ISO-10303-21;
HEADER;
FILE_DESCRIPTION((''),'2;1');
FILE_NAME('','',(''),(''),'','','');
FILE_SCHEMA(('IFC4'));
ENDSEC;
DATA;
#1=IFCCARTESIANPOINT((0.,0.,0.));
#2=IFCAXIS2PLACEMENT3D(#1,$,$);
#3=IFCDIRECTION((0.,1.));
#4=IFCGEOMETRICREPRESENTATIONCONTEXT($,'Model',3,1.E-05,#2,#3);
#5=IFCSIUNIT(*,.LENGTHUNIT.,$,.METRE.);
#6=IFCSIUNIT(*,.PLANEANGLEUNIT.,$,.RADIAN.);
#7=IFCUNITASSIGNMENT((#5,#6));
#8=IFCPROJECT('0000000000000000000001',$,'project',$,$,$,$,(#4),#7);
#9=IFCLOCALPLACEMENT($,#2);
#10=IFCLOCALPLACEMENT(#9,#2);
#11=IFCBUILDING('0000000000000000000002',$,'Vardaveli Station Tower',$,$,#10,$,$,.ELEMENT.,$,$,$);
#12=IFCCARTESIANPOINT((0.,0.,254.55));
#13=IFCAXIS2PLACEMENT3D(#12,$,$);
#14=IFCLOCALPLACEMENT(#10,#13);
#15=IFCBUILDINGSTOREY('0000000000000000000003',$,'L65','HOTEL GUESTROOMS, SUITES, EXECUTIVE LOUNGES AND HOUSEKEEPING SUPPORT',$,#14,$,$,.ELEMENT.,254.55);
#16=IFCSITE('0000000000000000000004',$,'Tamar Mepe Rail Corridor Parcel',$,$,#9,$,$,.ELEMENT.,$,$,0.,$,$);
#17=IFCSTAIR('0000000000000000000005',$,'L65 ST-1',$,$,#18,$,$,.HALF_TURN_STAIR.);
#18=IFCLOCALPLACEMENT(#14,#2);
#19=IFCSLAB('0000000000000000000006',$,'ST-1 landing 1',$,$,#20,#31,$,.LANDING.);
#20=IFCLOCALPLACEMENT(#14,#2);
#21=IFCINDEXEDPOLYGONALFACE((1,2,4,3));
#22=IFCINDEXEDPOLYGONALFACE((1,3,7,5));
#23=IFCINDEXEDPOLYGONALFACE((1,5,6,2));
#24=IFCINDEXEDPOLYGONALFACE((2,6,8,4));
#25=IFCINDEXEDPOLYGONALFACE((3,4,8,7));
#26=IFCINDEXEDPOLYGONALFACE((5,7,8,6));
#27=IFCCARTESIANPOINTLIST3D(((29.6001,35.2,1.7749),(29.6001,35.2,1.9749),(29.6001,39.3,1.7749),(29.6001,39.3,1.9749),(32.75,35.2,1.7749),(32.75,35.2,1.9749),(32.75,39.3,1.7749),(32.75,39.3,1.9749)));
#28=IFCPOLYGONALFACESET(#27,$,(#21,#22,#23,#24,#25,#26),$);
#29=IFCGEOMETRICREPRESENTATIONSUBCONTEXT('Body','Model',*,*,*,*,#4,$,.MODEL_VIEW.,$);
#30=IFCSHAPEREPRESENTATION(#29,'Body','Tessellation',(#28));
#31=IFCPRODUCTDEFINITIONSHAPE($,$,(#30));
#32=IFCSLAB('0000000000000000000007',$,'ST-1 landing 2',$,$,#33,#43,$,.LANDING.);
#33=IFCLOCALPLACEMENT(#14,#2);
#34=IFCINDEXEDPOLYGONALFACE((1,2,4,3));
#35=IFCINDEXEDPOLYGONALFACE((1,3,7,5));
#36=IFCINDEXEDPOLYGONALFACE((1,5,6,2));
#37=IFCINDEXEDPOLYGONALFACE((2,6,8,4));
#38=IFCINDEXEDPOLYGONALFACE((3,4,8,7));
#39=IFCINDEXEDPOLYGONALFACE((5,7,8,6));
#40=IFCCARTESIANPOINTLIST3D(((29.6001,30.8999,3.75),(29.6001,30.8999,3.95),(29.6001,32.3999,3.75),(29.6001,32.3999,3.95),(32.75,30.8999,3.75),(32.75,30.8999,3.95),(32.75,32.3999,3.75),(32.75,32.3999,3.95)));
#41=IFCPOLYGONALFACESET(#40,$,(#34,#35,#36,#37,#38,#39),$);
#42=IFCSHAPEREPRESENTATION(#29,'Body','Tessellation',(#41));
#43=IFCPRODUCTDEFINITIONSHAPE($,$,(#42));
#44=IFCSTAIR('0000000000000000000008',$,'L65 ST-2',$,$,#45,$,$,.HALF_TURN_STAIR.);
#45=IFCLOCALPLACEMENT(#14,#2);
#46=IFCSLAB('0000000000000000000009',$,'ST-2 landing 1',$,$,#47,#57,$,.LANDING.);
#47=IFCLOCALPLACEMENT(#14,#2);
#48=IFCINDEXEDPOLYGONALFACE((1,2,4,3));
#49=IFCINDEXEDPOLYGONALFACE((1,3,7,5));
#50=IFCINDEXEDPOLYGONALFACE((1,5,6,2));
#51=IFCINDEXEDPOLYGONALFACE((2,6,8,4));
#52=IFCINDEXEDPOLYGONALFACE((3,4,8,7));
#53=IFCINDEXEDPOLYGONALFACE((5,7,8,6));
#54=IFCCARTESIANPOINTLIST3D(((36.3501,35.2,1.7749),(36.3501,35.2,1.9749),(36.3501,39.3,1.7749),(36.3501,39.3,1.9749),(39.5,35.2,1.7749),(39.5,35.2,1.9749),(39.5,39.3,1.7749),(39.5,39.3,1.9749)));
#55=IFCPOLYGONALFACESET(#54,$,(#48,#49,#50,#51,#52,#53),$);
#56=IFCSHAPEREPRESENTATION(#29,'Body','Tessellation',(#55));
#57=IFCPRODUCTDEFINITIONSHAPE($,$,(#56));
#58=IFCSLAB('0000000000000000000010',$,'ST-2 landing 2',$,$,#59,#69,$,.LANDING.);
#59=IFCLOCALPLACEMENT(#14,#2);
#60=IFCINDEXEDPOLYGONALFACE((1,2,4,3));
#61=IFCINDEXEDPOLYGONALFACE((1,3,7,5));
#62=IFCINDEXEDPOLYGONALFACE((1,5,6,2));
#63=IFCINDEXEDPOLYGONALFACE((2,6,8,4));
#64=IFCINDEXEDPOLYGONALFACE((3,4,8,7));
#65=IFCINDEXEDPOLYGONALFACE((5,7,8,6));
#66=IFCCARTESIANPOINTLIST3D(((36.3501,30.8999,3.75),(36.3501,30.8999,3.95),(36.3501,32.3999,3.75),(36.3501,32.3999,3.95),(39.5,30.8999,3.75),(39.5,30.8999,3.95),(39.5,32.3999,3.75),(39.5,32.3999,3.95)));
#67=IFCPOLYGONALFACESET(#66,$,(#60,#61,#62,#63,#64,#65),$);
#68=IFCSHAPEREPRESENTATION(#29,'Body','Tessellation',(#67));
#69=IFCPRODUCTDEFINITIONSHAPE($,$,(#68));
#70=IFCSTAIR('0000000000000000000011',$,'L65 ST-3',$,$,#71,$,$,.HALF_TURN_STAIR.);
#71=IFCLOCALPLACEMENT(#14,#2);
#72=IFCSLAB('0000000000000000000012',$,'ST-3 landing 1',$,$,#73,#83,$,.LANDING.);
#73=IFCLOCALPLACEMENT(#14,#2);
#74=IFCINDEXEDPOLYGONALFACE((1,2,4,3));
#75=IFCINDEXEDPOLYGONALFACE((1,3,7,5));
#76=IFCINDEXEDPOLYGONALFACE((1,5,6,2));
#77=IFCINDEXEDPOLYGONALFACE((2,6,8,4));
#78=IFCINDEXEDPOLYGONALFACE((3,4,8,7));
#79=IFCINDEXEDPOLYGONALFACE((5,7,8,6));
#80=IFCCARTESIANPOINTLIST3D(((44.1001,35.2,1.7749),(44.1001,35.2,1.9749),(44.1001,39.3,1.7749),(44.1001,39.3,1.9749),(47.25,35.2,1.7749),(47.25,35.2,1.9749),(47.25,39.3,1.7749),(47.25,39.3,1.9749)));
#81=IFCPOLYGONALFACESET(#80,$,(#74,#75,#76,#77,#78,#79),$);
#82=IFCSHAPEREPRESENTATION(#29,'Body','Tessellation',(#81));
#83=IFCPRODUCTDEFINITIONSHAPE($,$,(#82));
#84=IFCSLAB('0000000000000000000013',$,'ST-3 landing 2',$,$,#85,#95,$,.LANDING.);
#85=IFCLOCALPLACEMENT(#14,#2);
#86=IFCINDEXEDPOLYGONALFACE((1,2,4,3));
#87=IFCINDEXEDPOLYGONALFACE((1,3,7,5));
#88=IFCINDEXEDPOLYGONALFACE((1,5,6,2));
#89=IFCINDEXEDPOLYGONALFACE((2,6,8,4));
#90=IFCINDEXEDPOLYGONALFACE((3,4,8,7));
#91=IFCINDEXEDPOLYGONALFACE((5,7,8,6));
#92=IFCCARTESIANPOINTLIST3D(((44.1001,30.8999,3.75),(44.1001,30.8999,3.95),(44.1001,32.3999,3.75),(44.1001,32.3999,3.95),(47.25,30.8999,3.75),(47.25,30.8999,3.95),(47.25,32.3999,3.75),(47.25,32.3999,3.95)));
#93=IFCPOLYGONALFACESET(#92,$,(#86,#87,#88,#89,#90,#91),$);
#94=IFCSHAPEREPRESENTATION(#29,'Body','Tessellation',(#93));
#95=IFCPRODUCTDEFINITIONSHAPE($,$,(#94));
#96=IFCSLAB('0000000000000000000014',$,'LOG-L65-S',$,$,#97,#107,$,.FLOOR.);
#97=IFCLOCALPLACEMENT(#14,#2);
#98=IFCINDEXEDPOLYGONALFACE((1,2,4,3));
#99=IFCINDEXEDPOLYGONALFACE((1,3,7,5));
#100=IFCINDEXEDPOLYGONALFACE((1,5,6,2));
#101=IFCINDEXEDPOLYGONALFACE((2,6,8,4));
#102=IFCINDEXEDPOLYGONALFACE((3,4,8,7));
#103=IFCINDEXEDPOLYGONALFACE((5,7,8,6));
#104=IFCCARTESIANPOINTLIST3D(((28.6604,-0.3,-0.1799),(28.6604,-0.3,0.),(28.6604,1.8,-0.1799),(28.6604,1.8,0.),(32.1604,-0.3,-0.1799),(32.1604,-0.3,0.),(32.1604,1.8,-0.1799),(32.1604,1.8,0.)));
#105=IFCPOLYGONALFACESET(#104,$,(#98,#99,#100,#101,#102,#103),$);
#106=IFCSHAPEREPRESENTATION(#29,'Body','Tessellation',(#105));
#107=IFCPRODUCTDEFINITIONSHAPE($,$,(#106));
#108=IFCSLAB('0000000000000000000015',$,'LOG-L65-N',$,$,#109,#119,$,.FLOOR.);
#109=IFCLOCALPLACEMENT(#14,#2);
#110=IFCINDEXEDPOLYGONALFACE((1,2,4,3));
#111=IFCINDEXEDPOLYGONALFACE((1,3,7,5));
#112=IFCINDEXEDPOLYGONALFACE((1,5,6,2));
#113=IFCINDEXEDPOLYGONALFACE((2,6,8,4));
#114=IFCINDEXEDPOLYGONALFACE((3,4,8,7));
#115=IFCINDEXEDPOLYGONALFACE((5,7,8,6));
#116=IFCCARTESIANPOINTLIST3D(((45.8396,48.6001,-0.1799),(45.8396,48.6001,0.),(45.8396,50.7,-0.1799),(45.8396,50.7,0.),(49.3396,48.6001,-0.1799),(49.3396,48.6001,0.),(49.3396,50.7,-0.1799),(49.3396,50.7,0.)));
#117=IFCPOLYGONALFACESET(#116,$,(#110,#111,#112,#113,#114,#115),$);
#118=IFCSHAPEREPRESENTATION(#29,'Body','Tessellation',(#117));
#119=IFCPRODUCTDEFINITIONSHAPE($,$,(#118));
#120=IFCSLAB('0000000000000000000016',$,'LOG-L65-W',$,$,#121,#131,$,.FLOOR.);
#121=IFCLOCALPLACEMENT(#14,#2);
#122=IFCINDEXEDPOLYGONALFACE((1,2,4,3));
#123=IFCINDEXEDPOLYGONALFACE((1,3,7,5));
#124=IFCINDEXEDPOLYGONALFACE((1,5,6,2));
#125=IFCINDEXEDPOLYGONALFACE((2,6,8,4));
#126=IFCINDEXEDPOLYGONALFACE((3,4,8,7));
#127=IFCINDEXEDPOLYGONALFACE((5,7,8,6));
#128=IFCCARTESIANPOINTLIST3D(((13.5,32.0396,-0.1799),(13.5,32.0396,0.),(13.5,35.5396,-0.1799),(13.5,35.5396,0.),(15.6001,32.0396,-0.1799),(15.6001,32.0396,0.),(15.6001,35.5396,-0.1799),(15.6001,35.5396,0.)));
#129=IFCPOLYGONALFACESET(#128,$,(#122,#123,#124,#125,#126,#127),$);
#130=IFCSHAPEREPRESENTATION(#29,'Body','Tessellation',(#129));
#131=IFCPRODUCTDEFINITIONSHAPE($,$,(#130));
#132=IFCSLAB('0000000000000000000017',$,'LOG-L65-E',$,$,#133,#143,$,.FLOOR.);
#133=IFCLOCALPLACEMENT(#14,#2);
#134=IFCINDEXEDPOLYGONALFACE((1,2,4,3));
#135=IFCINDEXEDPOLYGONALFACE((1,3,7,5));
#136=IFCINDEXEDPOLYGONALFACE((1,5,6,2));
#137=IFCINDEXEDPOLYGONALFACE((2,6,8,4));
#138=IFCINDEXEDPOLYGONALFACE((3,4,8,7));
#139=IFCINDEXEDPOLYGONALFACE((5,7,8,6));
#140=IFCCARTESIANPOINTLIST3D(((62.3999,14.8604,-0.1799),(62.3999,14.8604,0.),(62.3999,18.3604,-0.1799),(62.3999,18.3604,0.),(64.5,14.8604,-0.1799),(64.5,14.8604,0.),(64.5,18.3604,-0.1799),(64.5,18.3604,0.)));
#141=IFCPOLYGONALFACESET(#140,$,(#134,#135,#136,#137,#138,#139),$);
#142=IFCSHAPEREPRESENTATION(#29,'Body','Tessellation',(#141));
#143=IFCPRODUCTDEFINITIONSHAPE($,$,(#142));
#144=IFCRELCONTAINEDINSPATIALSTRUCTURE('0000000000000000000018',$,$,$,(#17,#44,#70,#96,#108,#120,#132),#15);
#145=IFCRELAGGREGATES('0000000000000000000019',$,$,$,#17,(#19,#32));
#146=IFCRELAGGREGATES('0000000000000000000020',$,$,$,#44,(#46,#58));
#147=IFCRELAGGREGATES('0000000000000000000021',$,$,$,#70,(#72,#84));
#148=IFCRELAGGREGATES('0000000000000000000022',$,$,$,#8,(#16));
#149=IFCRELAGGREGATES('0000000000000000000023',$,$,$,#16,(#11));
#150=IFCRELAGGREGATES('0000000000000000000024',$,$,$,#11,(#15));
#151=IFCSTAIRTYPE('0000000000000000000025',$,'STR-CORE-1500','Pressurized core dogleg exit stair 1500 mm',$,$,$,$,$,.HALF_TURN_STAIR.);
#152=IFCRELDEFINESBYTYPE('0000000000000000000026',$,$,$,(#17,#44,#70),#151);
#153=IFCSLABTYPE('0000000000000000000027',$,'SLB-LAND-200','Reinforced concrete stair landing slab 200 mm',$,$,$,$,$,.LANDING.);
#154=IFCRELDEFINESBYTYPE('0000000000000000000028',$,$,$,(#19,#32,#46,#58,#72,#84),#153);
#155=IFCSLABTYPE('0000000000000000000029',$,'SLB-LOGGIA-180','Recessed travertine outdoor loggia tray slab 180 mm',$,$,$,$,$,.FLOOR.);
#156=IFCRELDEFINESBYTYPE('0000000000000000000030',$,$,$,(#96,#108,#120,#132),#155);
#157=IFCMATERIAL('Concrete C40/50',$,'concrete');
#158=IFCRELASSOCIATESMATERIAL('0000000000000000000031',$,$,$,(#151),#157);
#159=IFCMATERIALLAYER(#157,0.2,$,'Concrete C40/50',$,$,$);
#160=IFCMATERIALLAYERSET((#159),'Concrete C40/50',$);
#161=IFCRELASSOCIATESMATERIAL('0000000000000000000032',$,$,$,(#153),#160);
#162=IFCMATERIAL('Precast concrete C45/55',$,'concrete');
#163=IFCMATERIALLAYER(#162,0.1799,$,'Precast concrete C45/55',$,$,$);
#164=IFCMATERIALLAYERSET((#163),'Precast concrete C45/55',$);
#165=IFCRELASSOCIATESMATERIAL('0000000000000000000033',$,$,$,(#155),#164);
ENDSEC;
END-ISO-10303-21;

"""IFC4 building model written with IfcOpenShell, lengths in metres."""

from ifc_helpers import new_model, si_unit, direction, frame, origin, place, context, subcontext, project, spatial, polyline, outline, extrude, material, layer, layer_set, type_object, element, aggregate, save


model = new_model("IFC4")

# Units and contexts
model_context = context("Model", 3, precision=1e-05, world=origin(), true_north=direction((0.0, 1.0)))
body_context = subcontext(model_context, "Body", "Model", "MODEL_VIEW")
ifc_project = project(units=[si_unit("LENGTHUNIT", "METRE"), si_unit("PLANEANGLEUNIT", "RADIAN")], contexts=[model_context])

# Site, building, storey
site_placement = place(None, origin())
site = spatial("IfcSite", under=ifc_project, at=site_placement, Name="Tamar Mepe Rail Corridor Parcel", CompositionType="ELEMENT", RefElevation=0.0)
building_placement = place(site_placement, origin())
building = spatial("IfcBuilding", under=site, at=building_placement, Name="Vardaveli Station Tower", CompositionType="ELEMENT")
storey_placement = place(building_placement, frame((0.0, 0.0, 254.55)))
storey = spatial("IfcBuildingStorey", under=building, at=storey_placement, Name="L65", Description="HOTEL GUESTROOMS, SUITES, EXECUTIVE LOUNGES AND HOUSEKEEPING SUPPORT", CompositionType="ELEMENT", Elevation=254.55)

# Stairs, slabs
ifc_material_1 = material(Name="Concrete C40/50", Category="concrete")
stair_type = type_object("IfcStairType", Name="STR-CORE-1500", Description="Pressurized core dogleg exit stair 1500 mm", PredefinedType="HALF_TURN_STAIR", material=ifc_material_1)
stair_1_placement = place(storey_placement, origin())
stair_1 = element("IfcStair", 1, at=stair_1_placement, inside=storey, type_object=stair_type, Name="L65 ST-1", PredefinedType="HALF_TURN_STAIR")
ifc_layer_1 = layer(ifc_material_1, 0.2, Name="Concrete C40/50")
ifc_layer_set_1 = layer_set([ifc_layer_1], Name="Concrete C40/50")
slab_type_1 = type_object("IfcSlabType", Name="SLB-LAND-200", Description="Reinforced concrete stair landing slab 200 mm", PredefinedType="LANDING", material=ifc_layer_set_1)
slab_1_placement = place(storey_placement, frame((0.0, 0.0, 1.7749)))
slab_1 = element("IfcSlab", 2, at=slab_1_placement, type_object=slab_type_1, Name="ST-1 landing 1", PredefinedType="LANDING", context=body_context, shape_type="SweptSolid", body=[
    extrude(outline(polyline([(32.75, 35.2), (32.75, 39.3), (29.6001, 39.3), (29.6001, 35.2), (32.75, 35.2)])), origin(), (0.0, 0.0, 1.0), 0.2),
])
slab_2_placement = place(storey_placement, frame((0.0, 0.0, 3.75)))
slab_2 = element("IfcSlab", 3, at=slab_2_placement, type_object=slab_type_1, Name="ST-1 landing 2", PredefinedType="LANDING", context=body_context, shape_type="SweptSolid", body=[
    extrude(outline(polyline([(32.75, 30.8999), (32.75, 32.3999), (29.6001, 32.3999), (29.6001, 30.8999), (32.75, 30.8999)])), origin(), (0.0, 0.0, 1.0), 0.2),
])
aggregate(stair_1, [slab_1, slab_2])
stair_2_placement = place(storey_placement, origin())
stair_2 = element("IfcStair", 4, at=stair_2_placement, inside=storey, type_object=stair_type, Name="L65 ST-2", PredefinedType="HALF_TURN_STAIR")
slab_3_placement = place(storey_placement, frame((0.0, 0.0, 1.7749)))
slab_3 = element("IfcSlab", 5, at=slab_3_placement, type_object=slab_type_1, Name="ST-2 landing 1", PredefinedType="LANDING", context=body_context, shape_type="SweptSolid", body=[
    extrude(outline(polyline([(39.5, 35.2), (39.5, 39.3), (36.3501, 39.3), (36.3501, 35.2), (39.5, 35.2)])), origin(), (0.0, 0.0, 1.0), 0.2),
])
slab_4_placement = place(storey_placement, frame((0.0, 0.0, 3.75)))
slab_4 = element("IfcSlab", 6, at=slab_4_placement, type_object=slab_type_1, Name="ST-2 landing 2", PredefinedType="LANDING", context=body_context, shape_type="SweptSolid", body=[
    extrude(outline(polyline([(39.5, 30.8999), (39.5, 32.3999), (36.3501, 32.3999), (36.3501, 30.8999), (39.5, 30.8999)])), origin(), (0.0, 0.0, 1.0), 0.2),
])
aggregate(stair_2, [slab_3, slab_4])
stair_3_placement = place(storey_placement, origin())
stair_3 = element("IfcStair", 7, at=stair_3_placement, inside=storey, type_object=stair_type, Name="L65 ST-3", PredefinedType="HALF_TURN_STAIR")
slab_5_placement = place(storey_placement, frame((0.0, 0.0, 1.7749)))
slab_5 = element("IfcSlab", 8, at=slab_5_placement, type_object=slab_type_1, Name="ST-3 landing 1", PredefinedType="LANDING", context=body_context, shape_type="SweptSolid", body=[
    extrude(outline(polyline([(47.25, 35.2), (47.25, 39.3), (44.1001, 39.3), (44.1001, 35.2), (47.25, 35.2)])), origin(), (0.0, 0.0, 1.0), 0.2),
])
slab_6_placement = place(storey_placement, frame((0.0, 0.0, 3.75)))
slab_6 = element("IfcSlab", 9, at=slab_6_placement, type_object=slab_type_1, Name="ST-3 landing 2", PredefinedType="LANDING", context=body_context, shape_type="SweptSolid", body=[
    extrude(outline(polyline([(47.25, 30.8999), (47.25, 32.3999), (44.1001, 32.3999), (44.1001, 30.8999), (47.25, 30.8999)])), origin(), (0.0, 0.0, 1.0), 0.2),
])
aggregate(stair_3, [slab_5, slab_6])

# Slabs
ifc_material_2 = material(Name="Precast concrete C45/55", Category="concrete")
ifc_layer_2 = layer(ifc_material_2, 0.1799, Name="Precast concrete C45/55")
ifc_layer_set_2 = layer_set([ifc_layer_2], Name="Precast concrete C45/55")
slab_type_2 = type_object("IfcSlabType", Name="SLB-LOGGIA-180", Description="Recessed travertine outdoor loggia tray slab 180 mm", PredefinedType="FLOOR", material=ifc_layer_set_2)
slab_7_placement = place(storey_placement, frame((0.0, 0.0, -0.1799)))
element("IfcSlab", 10, at=slab_7_placement, inside=storey, type_object=slab_type_2, Name="LOG-L65-S", PredefinedType="FLOOR", context=body_context, shape_type="SweptSolid", body=[
    extrude(outline(polyline([(28.6604, -0.3), (32.1604, -0.3), (32.1604, 1.8), (28.6604, 1.8), (28.6604, -0.3)])), origin(), (0.0, 0.0, 1.0), 0.1799),
])
slab_8_placement = place(storey_placement, frame((0.0, 0.0, -0.1799)))
element("IfcSlab", 11, at=slab_8_placement, inside=storey, type_object=slab_type_2, Name="LOG-L65-N", PredefinedType="FLOOR", context=body_context, shape_type="SweptSolid", body=[
    extrude(outline(polyline([(45.8396, 48.6001), (49.3396, 48.6001), (49.3396, 50.7), (45.8396, 50.7), (45.8396, 48.6001)])), origin(), (0.0, 0.0, 1.0), 0.1799),
])
slab_9_placement = place(storey_placement, frame((0.0, 0.0, -0.1799)))
element("IfcSlab", 12, at=slab_9_placement, inside=storey, type_object=slab_type_2, Name="LOG-L65-W", PredefinedType="FLOOR", context=body_context, shape_type="SweptSolid", body=[
    extrude(outline(polyline([(13.5, 32.0396), (15.6001, 32.0396), (15.6001, 35.5396), (13.5, 35.5396), (13.5, 32.0396)])), origin(), (0.0, 0.0, 1.0), 0.1799),
])
slab_10_placement = place(storey_placement, frame((0.0, 0.0, -0.1799)))
element("IfcSlab", 13, at=slab_10_placement, inside=storey, type_object=slab_type_2, Name="LOG-L65-E", PredefinedType="FLOOR", context=body_context, shape_type="SweptSolid", body=[
    extrude(outline(polyline([(62.3999, 14.8604), (64.5, 14.8604), (64.5, 18.3604), (62.3999, 18.3604), (62.3999, 14.8604)])), origin(), (0.0, 0.0, 1.0), 0.1799),
])

save(model, "model.ifc")
